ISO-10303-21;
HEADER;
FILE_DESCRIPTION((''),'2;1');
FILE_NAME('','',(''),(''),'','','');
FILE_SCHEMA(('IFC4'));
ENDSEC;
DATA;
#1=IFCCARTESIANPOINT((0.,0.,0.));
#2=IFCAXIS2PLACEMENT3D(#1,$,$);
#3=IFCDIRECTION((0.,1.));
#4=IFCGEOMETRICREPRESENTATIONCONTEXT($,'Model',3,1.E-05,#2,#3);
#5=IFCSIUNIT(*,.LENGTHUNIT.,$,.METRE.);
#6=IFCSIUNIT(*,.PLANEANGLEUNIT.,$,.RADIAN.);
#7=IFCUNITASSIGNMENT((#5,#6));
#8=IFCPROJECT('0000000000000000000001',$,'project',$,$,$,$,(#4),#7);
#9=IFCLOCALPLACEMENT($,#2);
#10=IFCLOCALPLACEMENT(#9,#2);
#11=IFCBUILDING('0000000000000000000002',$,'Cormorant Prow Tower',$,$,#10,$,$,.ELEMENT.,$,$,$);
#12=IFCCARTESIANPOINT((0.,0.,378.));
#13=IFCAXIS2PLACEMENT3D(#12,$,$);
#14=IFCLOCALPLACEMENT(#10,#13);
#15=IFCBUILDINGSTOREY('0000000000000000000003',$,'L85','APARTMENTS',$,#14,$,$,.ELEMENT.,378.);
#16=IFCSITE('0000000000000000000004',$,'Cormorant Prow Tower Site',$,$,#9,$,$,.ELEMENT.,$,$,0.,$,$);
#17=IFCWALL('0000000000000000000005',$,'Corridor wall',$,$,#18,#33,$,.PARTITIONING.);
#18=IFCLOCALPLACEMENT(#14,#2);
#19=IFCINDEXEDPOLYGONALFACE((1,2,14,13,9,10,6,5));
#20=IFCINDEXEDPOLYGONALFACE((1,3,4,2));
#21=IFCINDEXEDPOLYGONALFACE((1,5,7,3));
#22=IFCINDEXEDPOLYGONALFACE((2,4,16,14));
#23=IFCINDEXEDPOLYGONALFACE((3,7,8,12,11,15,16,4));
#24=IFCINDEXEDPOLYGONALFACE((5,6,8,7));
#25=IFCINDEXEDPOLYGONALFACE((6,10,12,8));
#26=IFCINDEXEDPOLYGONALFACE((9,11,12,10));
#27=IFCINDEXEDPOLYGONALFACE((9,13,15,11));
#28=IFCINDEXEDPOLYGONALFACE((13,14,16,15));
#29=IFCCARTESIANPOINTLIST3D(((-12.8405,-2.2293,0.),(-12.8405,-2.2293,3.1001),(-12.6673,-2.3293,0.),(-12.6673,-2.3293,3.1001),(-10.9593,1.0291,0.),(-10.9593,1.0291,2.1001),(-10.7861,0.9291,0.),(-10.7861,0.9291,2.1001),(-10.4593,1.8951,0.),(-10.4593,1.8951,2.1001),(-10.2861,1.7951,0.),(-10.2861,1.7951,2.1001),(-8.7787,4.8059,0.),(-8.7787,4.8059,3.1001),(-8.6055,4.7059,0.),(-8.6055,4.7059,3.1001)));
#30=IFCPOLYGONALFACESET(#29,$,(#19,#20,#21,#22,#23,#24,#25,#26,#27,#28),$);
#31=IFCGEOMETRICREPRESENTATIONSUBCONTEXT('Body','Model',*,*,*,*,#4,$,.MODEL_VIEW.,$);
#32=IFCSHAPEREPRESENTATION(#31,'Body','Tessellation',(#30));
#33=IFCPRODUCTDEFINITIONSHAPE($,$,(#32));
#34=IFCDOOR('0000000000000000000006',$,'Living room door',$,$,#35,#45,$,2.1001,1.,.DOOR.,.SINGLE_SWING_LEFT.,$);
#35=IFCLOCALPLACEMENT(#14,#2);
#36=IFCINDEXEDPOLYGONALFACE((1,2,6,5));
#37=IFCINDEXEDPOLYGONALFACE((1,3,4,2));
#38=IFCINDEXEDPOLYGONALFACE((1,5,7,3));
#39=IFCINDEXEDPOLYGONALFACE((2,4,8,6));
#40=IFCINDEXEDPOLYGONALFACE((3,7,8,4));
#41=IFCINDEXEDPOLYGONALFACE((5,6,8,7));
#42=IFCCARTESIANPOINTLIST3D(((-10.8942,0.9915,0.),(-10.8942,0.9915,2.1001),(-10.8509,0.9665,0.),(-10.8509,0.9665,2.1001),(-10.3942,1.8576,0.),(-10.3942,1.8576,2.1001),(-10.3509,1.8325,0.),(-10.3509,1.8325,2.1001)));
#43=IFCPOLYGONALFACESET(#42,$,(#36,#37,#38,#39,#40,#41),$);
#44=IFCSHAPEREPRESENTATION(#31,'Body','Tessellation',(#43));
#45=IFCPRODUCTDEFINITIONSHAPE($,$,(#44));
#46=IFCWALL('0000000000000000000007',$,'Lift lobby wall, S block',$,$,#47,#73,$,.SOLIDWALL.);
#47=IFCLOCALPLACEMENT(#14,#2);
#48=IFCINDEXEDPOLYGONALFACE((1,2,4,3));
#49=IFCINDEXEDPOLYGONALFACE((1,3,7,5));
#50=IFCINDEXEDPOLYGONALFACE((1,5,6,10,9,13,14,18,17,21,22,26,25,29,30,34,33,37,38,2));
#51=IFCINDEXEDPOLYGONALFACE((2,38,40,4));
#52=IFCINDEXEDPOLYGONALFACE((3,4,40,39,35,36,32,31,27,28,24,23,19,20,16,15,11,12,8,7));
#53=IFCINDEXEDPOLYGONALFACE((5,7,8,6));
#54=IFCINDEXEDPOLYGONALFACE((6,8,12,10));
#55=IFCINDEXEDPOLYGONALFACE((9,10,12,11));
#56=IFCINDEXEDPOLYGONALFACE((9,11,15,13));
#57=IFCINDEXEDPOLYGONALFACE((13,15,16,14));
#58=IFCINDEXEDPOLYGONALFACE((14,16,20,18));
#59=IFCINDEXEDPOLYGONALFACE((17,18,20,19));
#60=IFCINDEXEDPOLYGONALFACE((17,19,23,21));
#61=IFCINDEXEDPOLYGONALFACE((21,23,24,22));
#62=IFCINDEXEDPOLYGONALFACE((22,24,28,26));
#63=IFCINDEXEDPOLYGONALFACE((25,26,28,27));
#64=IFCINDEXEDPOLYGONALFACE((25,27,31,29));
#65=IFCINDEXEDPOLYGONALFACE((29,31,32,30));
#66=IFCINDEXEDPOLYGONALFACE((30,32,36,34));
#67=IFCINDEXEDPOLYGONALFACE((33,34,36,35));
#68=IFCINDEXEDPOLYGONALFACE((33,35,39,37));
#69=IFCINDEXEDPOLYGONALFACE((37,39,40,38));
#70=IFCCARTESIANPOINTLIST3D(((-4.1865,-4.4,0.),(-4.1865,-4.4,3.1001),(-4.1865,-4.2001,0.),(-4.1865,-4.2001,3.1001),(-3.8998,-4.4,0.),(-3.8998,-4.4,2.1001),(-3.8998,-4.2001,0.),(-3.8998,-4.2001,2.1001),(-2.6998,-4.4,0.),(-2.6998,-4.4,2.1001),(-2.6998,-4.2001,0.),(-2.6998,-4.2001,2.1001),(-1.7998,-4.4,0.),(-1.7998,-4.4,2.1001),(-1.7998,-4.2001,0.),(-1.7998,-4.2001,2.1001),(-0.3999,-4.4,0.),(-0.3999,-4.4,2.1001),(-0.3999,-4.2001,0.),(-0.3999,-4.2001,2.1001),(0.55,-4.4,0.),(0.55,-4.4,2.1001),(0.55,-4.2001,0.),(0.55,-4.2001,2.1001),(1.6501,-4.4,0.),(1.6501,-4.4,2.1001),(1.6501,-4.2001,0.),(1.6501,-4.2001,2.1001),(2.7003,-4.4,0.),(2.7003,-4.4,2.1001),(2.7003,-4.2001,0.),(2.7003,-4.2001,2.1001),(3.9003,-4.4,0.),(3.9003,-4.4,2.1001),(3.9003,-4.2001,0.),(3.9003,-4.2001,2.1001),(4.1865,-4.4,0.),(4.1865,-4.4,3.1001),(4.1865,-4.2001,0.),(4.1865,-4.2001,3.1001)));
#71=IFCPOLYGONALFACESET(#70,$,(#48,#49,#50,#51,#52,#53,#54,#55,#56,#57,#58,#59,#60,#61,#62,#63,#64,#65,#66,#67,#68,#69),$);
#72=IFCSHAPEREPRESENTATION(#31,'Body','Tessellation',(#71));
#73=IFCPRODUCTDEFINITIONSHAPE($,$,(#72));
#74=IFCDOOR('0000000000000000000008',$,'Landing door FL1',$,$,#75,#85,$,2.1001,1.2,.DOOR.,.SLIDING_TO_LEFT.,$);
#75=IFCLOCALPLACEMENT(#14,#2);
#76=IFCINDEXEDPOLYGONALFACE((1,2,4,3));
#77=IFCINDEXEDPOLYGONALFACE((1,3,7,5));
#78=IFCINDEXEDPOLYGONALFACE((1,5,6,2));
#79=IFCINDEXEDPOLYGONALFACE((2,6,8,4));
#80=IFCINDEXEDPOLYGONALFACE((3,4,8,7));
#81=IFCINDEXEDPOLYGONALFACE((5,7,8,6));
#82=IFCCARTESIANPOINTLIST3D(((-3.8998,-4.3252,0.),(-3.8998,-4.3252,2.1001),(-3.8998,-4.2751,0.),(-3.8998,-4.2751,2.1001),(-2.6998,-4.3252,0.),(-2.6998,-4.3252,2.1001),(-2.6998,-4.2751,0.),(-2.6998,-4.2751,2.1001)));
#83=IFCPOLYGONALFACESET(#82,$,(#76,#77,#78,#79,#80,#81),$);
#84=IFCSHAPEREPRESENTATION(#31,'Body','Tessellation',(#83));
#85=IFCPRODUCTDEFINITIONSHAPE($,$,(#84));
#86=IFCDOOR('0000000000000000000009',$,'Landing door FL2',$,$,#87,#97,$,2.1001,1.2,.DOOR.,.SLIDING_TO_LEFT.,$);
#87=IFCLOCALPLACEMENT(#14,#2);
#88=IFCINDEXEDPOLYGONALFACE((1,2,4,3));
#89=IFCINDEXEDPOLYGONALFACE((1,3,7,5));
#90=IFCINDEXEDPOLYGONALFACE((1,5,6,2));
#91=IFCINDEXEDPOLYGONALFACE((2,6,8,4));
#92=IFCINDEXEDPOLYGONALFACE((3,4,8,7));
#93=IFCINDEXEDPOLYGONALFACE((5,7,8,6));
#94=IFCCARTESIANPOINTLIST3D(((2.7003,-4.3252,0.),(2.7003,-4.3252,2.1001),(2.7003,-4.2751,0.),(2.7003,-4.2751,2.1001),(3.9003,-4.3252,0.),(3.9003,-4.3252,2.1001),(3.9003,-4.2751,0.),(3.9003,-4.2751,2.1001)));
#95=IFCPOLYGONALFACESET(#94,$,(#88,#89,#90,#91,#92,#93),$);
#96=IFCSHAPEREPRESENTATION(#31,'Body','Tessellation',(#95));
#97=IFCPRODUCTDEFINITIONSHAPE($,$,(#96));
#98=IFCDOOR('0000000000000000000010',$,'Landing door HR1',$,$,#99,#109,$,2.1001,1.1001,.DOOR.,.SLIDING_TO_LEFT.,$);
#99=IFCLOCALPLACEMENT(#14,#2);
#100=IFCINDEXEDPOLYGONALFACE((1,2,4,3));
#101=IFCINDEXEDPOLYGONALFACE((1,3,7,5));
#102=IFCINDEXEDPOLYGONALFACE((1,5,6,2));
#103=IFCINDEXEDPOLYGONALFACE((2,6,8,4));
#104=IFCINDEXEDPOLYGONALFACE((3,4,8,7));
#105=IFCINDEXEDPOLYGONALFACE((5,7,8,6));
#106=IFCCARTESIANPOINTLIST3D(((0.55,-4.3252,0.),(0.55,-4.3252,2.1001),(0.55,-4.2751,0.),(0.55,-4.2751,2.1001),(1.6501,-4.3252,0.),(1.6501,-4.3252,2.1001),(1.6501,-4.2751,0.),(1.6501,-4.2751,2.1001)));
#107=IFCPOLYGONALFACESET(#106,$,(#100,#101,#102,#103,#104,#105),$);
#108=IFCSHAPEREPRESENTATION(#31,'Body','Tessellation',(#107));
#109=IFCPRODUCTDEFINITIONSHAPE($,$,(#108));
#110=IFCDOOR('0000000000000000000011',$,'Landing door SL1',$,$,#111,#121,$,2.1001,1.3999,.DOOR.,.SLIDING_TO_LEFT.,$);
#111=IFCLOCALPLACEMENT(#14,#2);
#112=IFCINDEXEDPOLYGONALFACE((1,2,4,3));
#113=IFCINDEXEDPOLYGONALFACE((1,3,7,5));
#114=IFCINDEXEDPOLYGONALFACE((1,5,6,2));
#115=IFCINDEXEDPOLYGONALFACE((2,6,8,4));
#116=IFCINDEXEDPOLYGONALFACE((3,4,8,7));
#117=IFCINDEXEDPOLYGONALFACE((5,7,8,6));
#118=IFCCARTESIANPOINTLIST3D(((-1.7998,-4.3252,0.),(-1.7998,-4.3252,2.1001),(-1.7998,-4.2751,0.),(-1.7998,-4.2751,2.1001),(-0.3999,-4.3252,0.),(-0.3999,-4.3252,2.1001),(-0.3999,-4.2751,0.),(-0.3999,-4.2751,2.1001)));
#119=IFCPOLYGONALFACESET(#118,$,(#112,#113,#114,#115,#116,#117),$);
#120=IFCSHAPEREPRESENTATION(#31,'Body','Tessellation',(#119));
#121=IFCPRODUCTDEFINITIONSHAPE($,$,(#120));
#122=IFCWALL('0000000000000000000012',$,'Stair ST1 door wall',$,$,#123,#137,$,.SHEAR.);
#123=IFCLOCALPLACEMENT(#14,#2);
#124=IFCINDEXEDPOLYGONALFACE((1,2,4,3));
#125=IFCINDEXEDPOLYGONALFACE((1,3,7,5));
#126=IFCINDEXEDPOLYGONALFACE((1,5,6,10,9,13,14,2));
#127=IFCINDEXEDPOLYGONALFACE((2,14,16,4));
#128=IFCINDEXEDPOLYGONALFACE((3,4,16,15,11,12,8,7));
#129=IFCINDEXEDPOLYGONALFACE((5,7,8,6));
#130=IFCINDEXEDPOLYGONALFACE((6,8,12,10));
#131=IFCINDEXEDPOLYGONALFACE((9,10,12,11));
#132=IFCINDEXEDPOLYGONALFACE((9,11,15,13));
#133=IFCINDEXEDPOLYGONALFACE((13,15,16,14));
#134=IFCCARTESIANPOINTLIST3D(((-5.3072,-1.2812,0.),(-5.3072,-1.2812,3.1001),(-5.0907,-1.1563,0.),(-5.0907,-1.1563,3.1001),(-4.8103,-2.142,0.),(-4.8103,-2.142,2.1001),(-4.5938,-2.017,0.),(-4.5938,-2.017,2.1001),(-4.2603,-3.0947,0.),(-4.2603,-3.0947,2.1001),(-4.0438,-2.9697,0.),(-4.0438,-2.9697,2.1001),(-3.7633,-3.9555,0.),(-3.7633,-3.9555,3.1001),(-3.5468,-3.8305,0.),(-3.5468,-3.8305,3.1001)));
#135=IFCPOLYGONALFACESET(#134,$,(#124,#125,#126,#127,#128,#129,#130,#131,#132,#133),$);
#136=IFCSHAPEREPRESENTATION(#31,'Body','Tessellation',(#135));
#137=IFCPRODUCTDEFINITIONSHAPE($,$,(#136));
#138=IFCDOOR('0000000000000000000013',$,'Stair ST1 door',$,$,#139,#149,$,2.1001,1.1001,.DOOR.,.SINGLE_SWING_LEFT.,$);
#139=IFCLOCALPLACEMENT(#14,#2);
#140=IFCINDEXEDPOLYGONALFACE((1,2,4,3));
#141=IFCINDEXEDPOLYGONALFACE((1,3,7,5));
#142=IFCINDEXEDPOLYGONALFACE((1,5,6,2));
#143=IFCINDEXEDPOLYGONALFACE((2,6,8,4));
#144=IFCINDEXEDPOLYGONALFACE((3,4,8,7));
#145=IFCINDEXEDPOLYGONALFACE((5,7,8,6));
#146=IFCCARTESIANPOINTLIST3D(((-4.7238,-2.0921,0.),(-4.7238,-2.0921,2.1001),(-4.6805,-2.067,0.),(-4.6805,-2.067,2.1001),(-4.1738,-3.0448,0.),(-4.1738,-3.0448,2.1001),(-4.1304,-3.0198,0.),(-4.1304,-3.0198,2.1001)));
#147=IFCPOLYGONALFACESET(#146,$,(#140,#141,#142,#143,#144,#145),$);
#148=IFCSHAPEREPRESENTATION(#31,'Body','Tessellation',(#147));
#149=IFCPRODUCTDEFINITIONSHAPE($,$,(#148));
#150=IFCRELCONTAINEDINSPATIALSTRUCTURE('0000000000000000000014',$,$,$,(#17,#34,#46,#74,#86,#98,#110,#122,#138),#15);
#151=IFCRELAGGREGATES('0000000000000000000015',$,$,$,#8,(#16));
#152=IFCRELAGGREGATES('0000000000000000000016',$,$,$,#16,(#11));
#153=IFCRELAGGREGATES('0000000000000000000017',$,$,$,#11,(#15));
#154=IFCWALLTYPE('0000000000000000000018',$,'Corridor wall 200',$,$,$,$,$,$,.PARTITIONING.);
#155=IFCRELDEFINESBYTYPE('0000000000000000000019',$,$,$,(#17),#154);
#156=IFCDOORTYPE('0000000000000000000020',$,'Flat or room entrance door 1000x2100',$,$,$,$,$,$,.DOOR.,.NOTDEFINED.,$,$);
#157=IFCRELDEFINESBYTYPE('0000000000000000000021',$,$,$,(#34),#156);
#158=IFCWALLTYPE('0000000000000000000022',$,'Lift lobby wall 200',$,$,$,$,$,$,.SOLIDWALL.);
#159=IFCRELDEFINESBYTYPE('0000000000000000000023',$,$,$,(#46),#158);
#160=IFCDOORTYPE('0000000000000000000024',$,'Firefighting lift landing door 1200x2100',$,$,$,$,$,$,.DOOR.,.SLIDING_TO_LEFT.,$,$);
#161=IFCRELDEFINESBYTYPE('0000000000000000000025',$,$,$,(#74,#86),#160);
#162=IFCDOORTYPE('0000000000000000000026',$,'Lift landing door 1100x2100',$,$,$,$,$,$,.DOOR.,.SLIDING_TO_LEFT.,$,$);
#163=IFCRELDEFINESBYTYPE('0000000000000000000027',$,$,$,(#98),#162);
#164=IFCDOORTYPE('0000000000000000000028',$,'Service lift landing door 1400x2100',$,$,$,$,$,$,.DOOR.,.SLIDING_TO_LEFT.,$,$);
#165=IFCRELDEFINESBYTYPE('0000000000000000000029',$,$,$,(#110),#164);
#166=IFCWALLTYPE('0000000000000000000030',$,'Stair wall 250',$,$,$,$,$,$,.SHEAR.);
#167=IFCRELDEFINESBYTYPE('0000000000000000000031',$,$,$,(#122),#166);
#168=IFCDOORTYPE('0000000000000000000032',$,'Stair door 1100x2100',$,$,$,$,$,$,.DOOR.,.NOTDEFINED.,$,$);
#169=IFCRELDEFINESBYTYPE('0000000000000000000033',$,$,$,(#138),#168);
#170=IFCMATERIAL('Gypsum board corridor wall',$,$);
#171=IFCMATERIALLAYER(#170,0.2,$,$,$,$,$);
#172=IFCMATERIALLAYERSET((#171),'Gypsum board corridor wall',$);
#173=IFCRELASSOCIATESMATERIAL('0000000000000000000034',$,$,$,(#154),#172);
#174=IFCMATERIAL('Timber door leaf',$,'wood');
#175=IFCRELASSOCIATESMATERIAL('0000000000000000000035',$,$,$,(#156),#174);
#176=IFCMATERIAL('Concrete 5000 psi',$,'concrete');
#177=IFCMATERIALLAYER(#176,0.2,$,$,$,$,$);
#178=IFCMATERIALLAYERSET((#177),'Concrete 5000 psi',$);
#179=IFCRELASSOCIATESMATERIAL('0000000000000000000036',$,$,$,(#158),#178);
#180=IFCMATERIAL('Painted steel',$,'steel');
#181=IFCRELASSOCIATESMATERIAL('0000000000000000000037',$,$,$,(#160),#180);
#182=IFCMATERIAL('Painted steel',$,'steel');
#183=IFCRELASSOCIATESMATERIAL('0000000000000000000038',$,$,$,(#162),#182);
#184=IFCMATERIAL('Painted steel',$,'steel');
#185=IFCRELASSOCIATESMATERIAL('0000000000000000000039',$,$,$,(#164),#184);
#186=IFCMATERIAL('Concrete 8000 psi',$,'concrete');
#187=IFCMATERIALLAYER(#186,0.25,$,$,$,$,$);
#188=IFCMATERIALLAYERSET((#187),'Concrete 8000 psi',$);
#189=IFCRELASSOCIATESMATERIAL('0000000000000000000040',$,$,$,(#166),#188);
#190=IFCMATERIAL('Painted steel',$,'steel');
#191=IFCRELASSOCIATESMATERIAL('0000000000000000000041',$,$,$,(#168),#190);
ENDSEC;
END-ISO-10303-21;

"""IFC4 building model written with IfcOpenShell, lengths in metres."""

from ifc_helpers import new_model, si_unit, direction, frame, frame_2d, origin, place, context, subcontext, project, spatial, rectangle, extrude, material, layer, layer_set, type_object, element, fill, save


model = new_model("IFC4")

# Units and contexts
model_context = context("Model", 3, precision=1e-05, world=origin(), true_north=direction((0.0, 1.0)))
body_context = subcontext(model_context, "Body", "Model", "MODEL_VIEW")
ifc_project = project(units=[si_unit("LENGTHUNIT", "METRE"), si_unit("PLANEANGLEUNIT", "RADIAN")], contexts=[model_context])

# Site, building, storey
site_placement = place(None, origin())
site = spatial("IfcSite", under=ifc_project, at=site_placement, Name="Cormorant Prow Tower Site", CompositionType="ELEMENT", RefElevation=0.0)
building_placement = place(site_placement, origin())
building = spatial("IfcBuilding", under=site, at=building_placement, Name="Cormorant Prow Tower", CompositionType="ELEMENT")
storey_placement = place(building_placement, frame((0.0, 0.0, 378.0)))
storey = spatial("IfcBuildingStorey", under=building, at=storey_placement, Name="L85", Description="APARTMENTS", CompositionType="ELEMENT", Elevation=378.0)

# Wall, opening, door
ifc_material_1 = material(Name="Gypsum board corridor wall")
ifc_layer_1 = layer(ifc_material_1, 0.2)
ifc_layer_set_1 = layer_set([ifc_layer_1], Name="Gypsum board corridor wall")
wall_type_1 = type_object("IfcWallType", Name="Corridor wall 200", PredefinedType="PARTITIONING", material=ifc_layer_set_1)
wall_1_placement = place(storey_placement, frame((-12.7539, -2.2793, 0.0), z_axis=(0.0, 0.0, 1.0), x_axis=(0.500002, 0.866024, 0.0)))
wall_1 = element("IfcWall", 1, at=wall_1_placement, inside=storey, type_object=wall_type_1, Name="Corridor wall", PredefinedType="PARTITIONING", context=body_context, shape_type="SweptSolid", body=[
    extrude(rectangle(XDim=8.1235, YDim=0.2, at=frame_2d((4.0618, 0.0))), origin(), (0.0, 0.0, 1.0), 3.1001),
])
opening_1_placement = place(wall_1_placement, frame((3.7625, 0.0, 0.0)))
opening_1 = element("IfcOpeningElement", 2, at=opening_1_placement, cuts=wall_1, PredefinedType="OPENING", context=body_context, shape_type="SweptSolid", body=[
    extrude(rectangle(XDim=1.0, YDim=2.1001, at=frame_2d((0.5, 1.05))), frame((0.0, 0.1099, 0.0), z_axis=(0.0, -1.0, 0.0), x_axis=(1.0, 0.0, 0.0)), (0.0, 0.0, 1.0), 0.22),
])
ifc_material_2 = material(Name="Timber door leaf", Category="wood")
door_type_1 = type_object("IfcDoorType", Name="Flat or room entrance door 1000x2100", OperationType="NOTDEFINED", PredefinedType="DOOR", material=ifc_material_2)
door_1_placement = place(opening_1_placement, origin())
door_1 = element("IfcDoor", 3, at=door_1_placement, inside=storey, type_object=door_type_1, Name="Living room door", OperationType="SINGLE_SWING_LEFT", OverallHeight=2.1001, OverallWidth=1.0, PredefinedType="DOOR", context=body_context, shape_type="SweptSolid", body=[
    extrude(rectangle(XDim=1.0, YDim=2.1001, at=frame_2d((0.5, 1.05))), frame((0.0, 0.0249, 0.0), z_axis=(0.0, -1.0, 0.0), x_axis=(1.0, 0.0, 0.0)), (0.0, 0.0, 1.0), 0.05),
])
fill(opening_1, door_1)

# Wall, openings, doors
ifc_material_3 = material(Name="Concrete 5000 psi", Category="concrete")
ifc_layer_2 = layer(ifc_material_3, 0.2)
ifc_layer_set_2 = layer_set([ifc_layer_2], Name="Concrete 5000 psi")
wall_type_2 = type_object("IfcWallType", Name="Lift lobby wall 200", PredefinedType="SOLIDWALL", material=ifc_layer_set_2)
wall_2_placement = place(storey_placement, frame((-4.1865, -4.3, 0.0), z_axis=(0.0, 0.0, 1.0), x_axis=(1.0, 0.0, 0.0)))
wall_2 = element("IfcWall", 4, at=wall_2_placement, inside=storey, type_object=wall_type_2, Name="Lift lobby wall, S block", PredefinedType="SOLIDWALL", context=body_context, shape_type="SweptSolid", body=[
    extrude(rectangle(XDim=8.373, YDim=0.2, at=frame_2d((4.1865, 0.0))), origin(), (0.0, 0.0, 1.0), 3.1001),
])
opening_2_placement = place(wall_2_placement, frame((0.2866, 0.0, 0.0)))
opening_2 = element("IfcOpeningElement", 5, at=opening_2_placement, cuts=wall_2, PredefinedType="OPENING", context=body_context, shape_type="SweptSolid", body=[
    extrude(rectangle(XDim=1.2, YDim=2.1001, at=frame_2d((0.6001, 1.05))), frame((0.0, 0.1099, 0.0), z_axis=(0.0, -1.0, 0.0), x_axis=(1.0, 0.0, 0.0)), (0.0, 0.0, 1.0), 0.22),
])
opening_3_placement = place(wall_2_placement, frame((2.3867, 0.0, 0.0)))
opening_3 = element("IfcOpeningElement", 6, at=opening_3_placement, cuts=wall_2, PredefinedType="OPENING", context=body_context, shape_type="SweptSolid", body=[
    extrude(rectangle(XDim=1.3999, YDim=2.1001, at=frame_2d((0.7, 1.05))), frame((0.0, 0.1099, 0.0), z_axis=(0.0, -1.0, 0.0), x_axis=(1.0, 0.0, 0.0)), (0.0, 0.0, 1.0), 0.22),
])
opening_4_placement = place(wall_2_placement, frame((4.7366, 0.0, 0.0)))
opening_4 = element("IfcOpeningElement", 7, at=opening_4_placement, cuts=wall_2, PredefinedType="OPENING", context=body_context, shape_type="SweptSolid", body=[
    extrude(rectangle(XDim=1.1001, YDim=2.1001, at=frame_2d((0.55, 1.05))), frame((0.0, 0.1099, 0.0), z_axis=(0.0, -1.0, 0.0), x_axis=(1.0, 0.0, 0.0)), (0.0, 0.0, 1.0), 0.22),
])
opening_5_placement = place(wall_2_placement, frame((6.8867, 0.0, 0.0)))
opening_5 = element("IfcOpeningElement", 8, at=opening_5_placement, cuts=wall_2, PredefinedType="OPENING", context=body_context, shape_type="SweptSolid", body=[
    extrude(rectangle(XDim=1.2, YDim=2.1001, at=frame_2d((0.6001, 1.05))), frame((0.0, 0.1099, 0.0), z_axis=(0.0, -1.0, 0.0), x_axis=(1.0, 0.0, 0.0)), (0.0, 0.0, 1.0), 0.22),
])
ifc_material_4 = material(Name="Painted steel", Category="steel")
door_type_2 = type_object("IfcDoorType", Name="Firefighting lift landing door 1200x2100", OperationType="SLIDING_TO_LEFT", PredefinedType="DOOR", material=ifc_material_4)
door_2_placement = place(opening_2_placement, origin())
door_2 = element("IfcDoor", 9, at=door_2_placement, inside=storey, type_object=door_type_2, Name="Landing door FL1", OperationType="SLIDING_TO_LEFT", OverallHeight=2.1001, OverallWidth=1.2, PredefinedType="DOOR", context=body_context, shape_type="SweptSolid", body=[
    extrude(rectangle(XDim=1.2, YDim=2.1001, at=frame_2d((0.6001, 1.05))), frame((0.0, 0.0249, 0.0), z_axis=(0.0, -1.0, 0.0), x_axis=(1.0, 0.0, 0.0)), (0.0, 0.0, 1.0), 0.05),
])
fill(opening_2, door_2)
door_3_placement = place(opening_5_placement, origin())
door_3 = element("IfcDoor", 10, at=door_3_placement, inside=storey, type_object=door_type_2, Name="Landing door FL2", OperationType="SLIDING_TO_LEFT", OverallHeight=2.1001, OverallWidth=1.2, PredefinedType="DOOR", context=body_context, shape_type="SweptSolid", body=[
    extrude(rectangle(XDim=1.2, YDim=2.1001, at=frame_2d((0.6001, 1.05))), frame((0.0, 0.0249, 0.0), z_axis=(0.0, -1.0, 0.0), x_axis=(1.0, 0.0, 0.0)), (0.0, 0.0, 1.0), 0.05),
])
fill(opening_5, door_3)
ifc_material_5 = material(Name="Painted steel", Category="steel")
door_type_3 = type_object("IfcDoorType", Name="Lift landing door 1100x2100", OperationType="SLIDING_TO_LEFT", PredefinedType="DOOR", material=ifc_material_5)
door_4_placement = place(opening_4_placement, origin())
door_4 = element("IfcDoor", 11, at=door_4_placement, inside=storey, type_object=door_type_3, Name="Landing door HR1", OperationType="SLIDING_TO_LEFT", OverallHeight=2.1001, OverallWidth=1.1001, PredefinedType="DOOR", context=body_context, shape_type="SweptSolid", body=[
    extrude(rectangle(XDim=1.1001, YDim=2.1001, at=frame_2d((0.55, 1.05))), frame((0.0, 0.0249, 0.0), z_axis=(0.0, -1.0, 0.0), x_axis=(1.0, 0.0, 0.0)), (0.0, 0.0, 1.0), 0.05),
])
fill(opening_4, door_4)
ifc_material_6 = material(Name="Painted steel", Category="steel")
door_type_4 = type_object("IfcDoorType", Name="Service lift landing door 1400x2100", OperationType="SLIDING_TO_LEFT", PredefinedType="DOOR", material=ifc_material_6)
door_5_placement = place(opening_3_placement, origin())
door_5 = element("IfcDoor", 12, at=door_5_placement, inside=storey, type_object=door_type_4, Name="Landing door SL1", OperationType="SLIDING_TO_LEFT", OverallHeight=2.1001, OverallWidth=1.3999, PredefinedType="DOOR", context=body_context, shape_type="SweptSolid", body=[
    extrude(rectangle(XDim=1.3999, YDim=2.1001, at=frame_2d((0.7, 1.05))), frame((0.0, 0.0249, 0.0), z_axis=(0.0, -1.0, 0.0), x_axis=(1.0, 0.0, 0.0)), (0.0, 0.0, 1.0), 0.05),
])
fill(opening_3, door_5)

# Wall, opening, door
ifc_material_7 = material(Name="Concrete 8000 psi", Category="concrete")
ifc_layer_3 = layer(ifc_material_7, 0.25)
ifc_layer_set_3 = layer_set([ifc_layer_3], Name="Concrete 8000 psi")
wall_type_3 = type_object("IfcWallType", Name="Stair wall 250", PredefinedType="SHEAR", material=ifc_layer_set_3)
wall_3_placement = place(storey_placement, frame((-5.199, -1.2188, 0.0), z_axis=(0.0, 0.0, 1.0), x_axis=(0.499983, -0.866035, 0.0)))
wall_3 = element("IfcWall", 13, at=wall_3_placement, inside=storey, type_object=wall_type_3, Name="Stair ST1 door wall", PredefinedType="SHEAR", context=body_context, shape_type="SweptSolid", body=[
    extrude(rectangle(XDim=3.0879, YDim=0.25, at=frame_2d((1.5439, 0.0))), origin(), (0.0, 0.0, 1.0), 3.1001),
])
opening_6_placement = place(wall_3_placement, frame((0.9939, 0.0, 0.0)))
opening_6 = element("IfcOpeningElement", 14, at=opening_6_placement, cuts=wall_3, PredefinedType="OPENING", context=body_context, shape_type="SweptSolid", body=[
    extrude(rectangle(XDim=1.1001, YDim=2.1001, at=frame_2d((0.55, 1.05))), frame((0.0, 0.135, 0.0), z_axis=(0.0, -1.0, 0.0), x_axis=(1.0, 0.0, 0.0)), (0.0, 0.0, 1.0), 0.27),
])
ifc_material_8 = material(Name="Painted steel", Category="steel")
door_type_5 = type_object("IfcDoorType", Name="Stair door 1100x2100", OperationType="NOTDEFINED", PredefinedType="DOOR", material=ifc_material_8)
door_6_placement = place(opening_6_placement, origin())
door_6 = element("IfcDoor", 15, at=door_6_placement, inside=storey, type_object=door_type_5, Name="Stair ST1 door", OperationType="SINGLE_SWING_LEFT", OverallHeight=2.1001, OverallWidth=1.1001, PredefinedType="DOOR", context=body_context, shape_type="SweptSolid", body=[
    extrude(rectangle(XDim=1.1001, YDim=2.1001, at=frame_2d((0.55, 1.05))), frame((0.0, 0.0249, 0.0), z_axis=(0.0, -1.0, 0.0), x_axis=(1.0, 0.0, 0.0)), (0.0, 0.0, 1.0), 0.05),
])
fill(opening_6, door_6)

save(model, "model.ifc")
